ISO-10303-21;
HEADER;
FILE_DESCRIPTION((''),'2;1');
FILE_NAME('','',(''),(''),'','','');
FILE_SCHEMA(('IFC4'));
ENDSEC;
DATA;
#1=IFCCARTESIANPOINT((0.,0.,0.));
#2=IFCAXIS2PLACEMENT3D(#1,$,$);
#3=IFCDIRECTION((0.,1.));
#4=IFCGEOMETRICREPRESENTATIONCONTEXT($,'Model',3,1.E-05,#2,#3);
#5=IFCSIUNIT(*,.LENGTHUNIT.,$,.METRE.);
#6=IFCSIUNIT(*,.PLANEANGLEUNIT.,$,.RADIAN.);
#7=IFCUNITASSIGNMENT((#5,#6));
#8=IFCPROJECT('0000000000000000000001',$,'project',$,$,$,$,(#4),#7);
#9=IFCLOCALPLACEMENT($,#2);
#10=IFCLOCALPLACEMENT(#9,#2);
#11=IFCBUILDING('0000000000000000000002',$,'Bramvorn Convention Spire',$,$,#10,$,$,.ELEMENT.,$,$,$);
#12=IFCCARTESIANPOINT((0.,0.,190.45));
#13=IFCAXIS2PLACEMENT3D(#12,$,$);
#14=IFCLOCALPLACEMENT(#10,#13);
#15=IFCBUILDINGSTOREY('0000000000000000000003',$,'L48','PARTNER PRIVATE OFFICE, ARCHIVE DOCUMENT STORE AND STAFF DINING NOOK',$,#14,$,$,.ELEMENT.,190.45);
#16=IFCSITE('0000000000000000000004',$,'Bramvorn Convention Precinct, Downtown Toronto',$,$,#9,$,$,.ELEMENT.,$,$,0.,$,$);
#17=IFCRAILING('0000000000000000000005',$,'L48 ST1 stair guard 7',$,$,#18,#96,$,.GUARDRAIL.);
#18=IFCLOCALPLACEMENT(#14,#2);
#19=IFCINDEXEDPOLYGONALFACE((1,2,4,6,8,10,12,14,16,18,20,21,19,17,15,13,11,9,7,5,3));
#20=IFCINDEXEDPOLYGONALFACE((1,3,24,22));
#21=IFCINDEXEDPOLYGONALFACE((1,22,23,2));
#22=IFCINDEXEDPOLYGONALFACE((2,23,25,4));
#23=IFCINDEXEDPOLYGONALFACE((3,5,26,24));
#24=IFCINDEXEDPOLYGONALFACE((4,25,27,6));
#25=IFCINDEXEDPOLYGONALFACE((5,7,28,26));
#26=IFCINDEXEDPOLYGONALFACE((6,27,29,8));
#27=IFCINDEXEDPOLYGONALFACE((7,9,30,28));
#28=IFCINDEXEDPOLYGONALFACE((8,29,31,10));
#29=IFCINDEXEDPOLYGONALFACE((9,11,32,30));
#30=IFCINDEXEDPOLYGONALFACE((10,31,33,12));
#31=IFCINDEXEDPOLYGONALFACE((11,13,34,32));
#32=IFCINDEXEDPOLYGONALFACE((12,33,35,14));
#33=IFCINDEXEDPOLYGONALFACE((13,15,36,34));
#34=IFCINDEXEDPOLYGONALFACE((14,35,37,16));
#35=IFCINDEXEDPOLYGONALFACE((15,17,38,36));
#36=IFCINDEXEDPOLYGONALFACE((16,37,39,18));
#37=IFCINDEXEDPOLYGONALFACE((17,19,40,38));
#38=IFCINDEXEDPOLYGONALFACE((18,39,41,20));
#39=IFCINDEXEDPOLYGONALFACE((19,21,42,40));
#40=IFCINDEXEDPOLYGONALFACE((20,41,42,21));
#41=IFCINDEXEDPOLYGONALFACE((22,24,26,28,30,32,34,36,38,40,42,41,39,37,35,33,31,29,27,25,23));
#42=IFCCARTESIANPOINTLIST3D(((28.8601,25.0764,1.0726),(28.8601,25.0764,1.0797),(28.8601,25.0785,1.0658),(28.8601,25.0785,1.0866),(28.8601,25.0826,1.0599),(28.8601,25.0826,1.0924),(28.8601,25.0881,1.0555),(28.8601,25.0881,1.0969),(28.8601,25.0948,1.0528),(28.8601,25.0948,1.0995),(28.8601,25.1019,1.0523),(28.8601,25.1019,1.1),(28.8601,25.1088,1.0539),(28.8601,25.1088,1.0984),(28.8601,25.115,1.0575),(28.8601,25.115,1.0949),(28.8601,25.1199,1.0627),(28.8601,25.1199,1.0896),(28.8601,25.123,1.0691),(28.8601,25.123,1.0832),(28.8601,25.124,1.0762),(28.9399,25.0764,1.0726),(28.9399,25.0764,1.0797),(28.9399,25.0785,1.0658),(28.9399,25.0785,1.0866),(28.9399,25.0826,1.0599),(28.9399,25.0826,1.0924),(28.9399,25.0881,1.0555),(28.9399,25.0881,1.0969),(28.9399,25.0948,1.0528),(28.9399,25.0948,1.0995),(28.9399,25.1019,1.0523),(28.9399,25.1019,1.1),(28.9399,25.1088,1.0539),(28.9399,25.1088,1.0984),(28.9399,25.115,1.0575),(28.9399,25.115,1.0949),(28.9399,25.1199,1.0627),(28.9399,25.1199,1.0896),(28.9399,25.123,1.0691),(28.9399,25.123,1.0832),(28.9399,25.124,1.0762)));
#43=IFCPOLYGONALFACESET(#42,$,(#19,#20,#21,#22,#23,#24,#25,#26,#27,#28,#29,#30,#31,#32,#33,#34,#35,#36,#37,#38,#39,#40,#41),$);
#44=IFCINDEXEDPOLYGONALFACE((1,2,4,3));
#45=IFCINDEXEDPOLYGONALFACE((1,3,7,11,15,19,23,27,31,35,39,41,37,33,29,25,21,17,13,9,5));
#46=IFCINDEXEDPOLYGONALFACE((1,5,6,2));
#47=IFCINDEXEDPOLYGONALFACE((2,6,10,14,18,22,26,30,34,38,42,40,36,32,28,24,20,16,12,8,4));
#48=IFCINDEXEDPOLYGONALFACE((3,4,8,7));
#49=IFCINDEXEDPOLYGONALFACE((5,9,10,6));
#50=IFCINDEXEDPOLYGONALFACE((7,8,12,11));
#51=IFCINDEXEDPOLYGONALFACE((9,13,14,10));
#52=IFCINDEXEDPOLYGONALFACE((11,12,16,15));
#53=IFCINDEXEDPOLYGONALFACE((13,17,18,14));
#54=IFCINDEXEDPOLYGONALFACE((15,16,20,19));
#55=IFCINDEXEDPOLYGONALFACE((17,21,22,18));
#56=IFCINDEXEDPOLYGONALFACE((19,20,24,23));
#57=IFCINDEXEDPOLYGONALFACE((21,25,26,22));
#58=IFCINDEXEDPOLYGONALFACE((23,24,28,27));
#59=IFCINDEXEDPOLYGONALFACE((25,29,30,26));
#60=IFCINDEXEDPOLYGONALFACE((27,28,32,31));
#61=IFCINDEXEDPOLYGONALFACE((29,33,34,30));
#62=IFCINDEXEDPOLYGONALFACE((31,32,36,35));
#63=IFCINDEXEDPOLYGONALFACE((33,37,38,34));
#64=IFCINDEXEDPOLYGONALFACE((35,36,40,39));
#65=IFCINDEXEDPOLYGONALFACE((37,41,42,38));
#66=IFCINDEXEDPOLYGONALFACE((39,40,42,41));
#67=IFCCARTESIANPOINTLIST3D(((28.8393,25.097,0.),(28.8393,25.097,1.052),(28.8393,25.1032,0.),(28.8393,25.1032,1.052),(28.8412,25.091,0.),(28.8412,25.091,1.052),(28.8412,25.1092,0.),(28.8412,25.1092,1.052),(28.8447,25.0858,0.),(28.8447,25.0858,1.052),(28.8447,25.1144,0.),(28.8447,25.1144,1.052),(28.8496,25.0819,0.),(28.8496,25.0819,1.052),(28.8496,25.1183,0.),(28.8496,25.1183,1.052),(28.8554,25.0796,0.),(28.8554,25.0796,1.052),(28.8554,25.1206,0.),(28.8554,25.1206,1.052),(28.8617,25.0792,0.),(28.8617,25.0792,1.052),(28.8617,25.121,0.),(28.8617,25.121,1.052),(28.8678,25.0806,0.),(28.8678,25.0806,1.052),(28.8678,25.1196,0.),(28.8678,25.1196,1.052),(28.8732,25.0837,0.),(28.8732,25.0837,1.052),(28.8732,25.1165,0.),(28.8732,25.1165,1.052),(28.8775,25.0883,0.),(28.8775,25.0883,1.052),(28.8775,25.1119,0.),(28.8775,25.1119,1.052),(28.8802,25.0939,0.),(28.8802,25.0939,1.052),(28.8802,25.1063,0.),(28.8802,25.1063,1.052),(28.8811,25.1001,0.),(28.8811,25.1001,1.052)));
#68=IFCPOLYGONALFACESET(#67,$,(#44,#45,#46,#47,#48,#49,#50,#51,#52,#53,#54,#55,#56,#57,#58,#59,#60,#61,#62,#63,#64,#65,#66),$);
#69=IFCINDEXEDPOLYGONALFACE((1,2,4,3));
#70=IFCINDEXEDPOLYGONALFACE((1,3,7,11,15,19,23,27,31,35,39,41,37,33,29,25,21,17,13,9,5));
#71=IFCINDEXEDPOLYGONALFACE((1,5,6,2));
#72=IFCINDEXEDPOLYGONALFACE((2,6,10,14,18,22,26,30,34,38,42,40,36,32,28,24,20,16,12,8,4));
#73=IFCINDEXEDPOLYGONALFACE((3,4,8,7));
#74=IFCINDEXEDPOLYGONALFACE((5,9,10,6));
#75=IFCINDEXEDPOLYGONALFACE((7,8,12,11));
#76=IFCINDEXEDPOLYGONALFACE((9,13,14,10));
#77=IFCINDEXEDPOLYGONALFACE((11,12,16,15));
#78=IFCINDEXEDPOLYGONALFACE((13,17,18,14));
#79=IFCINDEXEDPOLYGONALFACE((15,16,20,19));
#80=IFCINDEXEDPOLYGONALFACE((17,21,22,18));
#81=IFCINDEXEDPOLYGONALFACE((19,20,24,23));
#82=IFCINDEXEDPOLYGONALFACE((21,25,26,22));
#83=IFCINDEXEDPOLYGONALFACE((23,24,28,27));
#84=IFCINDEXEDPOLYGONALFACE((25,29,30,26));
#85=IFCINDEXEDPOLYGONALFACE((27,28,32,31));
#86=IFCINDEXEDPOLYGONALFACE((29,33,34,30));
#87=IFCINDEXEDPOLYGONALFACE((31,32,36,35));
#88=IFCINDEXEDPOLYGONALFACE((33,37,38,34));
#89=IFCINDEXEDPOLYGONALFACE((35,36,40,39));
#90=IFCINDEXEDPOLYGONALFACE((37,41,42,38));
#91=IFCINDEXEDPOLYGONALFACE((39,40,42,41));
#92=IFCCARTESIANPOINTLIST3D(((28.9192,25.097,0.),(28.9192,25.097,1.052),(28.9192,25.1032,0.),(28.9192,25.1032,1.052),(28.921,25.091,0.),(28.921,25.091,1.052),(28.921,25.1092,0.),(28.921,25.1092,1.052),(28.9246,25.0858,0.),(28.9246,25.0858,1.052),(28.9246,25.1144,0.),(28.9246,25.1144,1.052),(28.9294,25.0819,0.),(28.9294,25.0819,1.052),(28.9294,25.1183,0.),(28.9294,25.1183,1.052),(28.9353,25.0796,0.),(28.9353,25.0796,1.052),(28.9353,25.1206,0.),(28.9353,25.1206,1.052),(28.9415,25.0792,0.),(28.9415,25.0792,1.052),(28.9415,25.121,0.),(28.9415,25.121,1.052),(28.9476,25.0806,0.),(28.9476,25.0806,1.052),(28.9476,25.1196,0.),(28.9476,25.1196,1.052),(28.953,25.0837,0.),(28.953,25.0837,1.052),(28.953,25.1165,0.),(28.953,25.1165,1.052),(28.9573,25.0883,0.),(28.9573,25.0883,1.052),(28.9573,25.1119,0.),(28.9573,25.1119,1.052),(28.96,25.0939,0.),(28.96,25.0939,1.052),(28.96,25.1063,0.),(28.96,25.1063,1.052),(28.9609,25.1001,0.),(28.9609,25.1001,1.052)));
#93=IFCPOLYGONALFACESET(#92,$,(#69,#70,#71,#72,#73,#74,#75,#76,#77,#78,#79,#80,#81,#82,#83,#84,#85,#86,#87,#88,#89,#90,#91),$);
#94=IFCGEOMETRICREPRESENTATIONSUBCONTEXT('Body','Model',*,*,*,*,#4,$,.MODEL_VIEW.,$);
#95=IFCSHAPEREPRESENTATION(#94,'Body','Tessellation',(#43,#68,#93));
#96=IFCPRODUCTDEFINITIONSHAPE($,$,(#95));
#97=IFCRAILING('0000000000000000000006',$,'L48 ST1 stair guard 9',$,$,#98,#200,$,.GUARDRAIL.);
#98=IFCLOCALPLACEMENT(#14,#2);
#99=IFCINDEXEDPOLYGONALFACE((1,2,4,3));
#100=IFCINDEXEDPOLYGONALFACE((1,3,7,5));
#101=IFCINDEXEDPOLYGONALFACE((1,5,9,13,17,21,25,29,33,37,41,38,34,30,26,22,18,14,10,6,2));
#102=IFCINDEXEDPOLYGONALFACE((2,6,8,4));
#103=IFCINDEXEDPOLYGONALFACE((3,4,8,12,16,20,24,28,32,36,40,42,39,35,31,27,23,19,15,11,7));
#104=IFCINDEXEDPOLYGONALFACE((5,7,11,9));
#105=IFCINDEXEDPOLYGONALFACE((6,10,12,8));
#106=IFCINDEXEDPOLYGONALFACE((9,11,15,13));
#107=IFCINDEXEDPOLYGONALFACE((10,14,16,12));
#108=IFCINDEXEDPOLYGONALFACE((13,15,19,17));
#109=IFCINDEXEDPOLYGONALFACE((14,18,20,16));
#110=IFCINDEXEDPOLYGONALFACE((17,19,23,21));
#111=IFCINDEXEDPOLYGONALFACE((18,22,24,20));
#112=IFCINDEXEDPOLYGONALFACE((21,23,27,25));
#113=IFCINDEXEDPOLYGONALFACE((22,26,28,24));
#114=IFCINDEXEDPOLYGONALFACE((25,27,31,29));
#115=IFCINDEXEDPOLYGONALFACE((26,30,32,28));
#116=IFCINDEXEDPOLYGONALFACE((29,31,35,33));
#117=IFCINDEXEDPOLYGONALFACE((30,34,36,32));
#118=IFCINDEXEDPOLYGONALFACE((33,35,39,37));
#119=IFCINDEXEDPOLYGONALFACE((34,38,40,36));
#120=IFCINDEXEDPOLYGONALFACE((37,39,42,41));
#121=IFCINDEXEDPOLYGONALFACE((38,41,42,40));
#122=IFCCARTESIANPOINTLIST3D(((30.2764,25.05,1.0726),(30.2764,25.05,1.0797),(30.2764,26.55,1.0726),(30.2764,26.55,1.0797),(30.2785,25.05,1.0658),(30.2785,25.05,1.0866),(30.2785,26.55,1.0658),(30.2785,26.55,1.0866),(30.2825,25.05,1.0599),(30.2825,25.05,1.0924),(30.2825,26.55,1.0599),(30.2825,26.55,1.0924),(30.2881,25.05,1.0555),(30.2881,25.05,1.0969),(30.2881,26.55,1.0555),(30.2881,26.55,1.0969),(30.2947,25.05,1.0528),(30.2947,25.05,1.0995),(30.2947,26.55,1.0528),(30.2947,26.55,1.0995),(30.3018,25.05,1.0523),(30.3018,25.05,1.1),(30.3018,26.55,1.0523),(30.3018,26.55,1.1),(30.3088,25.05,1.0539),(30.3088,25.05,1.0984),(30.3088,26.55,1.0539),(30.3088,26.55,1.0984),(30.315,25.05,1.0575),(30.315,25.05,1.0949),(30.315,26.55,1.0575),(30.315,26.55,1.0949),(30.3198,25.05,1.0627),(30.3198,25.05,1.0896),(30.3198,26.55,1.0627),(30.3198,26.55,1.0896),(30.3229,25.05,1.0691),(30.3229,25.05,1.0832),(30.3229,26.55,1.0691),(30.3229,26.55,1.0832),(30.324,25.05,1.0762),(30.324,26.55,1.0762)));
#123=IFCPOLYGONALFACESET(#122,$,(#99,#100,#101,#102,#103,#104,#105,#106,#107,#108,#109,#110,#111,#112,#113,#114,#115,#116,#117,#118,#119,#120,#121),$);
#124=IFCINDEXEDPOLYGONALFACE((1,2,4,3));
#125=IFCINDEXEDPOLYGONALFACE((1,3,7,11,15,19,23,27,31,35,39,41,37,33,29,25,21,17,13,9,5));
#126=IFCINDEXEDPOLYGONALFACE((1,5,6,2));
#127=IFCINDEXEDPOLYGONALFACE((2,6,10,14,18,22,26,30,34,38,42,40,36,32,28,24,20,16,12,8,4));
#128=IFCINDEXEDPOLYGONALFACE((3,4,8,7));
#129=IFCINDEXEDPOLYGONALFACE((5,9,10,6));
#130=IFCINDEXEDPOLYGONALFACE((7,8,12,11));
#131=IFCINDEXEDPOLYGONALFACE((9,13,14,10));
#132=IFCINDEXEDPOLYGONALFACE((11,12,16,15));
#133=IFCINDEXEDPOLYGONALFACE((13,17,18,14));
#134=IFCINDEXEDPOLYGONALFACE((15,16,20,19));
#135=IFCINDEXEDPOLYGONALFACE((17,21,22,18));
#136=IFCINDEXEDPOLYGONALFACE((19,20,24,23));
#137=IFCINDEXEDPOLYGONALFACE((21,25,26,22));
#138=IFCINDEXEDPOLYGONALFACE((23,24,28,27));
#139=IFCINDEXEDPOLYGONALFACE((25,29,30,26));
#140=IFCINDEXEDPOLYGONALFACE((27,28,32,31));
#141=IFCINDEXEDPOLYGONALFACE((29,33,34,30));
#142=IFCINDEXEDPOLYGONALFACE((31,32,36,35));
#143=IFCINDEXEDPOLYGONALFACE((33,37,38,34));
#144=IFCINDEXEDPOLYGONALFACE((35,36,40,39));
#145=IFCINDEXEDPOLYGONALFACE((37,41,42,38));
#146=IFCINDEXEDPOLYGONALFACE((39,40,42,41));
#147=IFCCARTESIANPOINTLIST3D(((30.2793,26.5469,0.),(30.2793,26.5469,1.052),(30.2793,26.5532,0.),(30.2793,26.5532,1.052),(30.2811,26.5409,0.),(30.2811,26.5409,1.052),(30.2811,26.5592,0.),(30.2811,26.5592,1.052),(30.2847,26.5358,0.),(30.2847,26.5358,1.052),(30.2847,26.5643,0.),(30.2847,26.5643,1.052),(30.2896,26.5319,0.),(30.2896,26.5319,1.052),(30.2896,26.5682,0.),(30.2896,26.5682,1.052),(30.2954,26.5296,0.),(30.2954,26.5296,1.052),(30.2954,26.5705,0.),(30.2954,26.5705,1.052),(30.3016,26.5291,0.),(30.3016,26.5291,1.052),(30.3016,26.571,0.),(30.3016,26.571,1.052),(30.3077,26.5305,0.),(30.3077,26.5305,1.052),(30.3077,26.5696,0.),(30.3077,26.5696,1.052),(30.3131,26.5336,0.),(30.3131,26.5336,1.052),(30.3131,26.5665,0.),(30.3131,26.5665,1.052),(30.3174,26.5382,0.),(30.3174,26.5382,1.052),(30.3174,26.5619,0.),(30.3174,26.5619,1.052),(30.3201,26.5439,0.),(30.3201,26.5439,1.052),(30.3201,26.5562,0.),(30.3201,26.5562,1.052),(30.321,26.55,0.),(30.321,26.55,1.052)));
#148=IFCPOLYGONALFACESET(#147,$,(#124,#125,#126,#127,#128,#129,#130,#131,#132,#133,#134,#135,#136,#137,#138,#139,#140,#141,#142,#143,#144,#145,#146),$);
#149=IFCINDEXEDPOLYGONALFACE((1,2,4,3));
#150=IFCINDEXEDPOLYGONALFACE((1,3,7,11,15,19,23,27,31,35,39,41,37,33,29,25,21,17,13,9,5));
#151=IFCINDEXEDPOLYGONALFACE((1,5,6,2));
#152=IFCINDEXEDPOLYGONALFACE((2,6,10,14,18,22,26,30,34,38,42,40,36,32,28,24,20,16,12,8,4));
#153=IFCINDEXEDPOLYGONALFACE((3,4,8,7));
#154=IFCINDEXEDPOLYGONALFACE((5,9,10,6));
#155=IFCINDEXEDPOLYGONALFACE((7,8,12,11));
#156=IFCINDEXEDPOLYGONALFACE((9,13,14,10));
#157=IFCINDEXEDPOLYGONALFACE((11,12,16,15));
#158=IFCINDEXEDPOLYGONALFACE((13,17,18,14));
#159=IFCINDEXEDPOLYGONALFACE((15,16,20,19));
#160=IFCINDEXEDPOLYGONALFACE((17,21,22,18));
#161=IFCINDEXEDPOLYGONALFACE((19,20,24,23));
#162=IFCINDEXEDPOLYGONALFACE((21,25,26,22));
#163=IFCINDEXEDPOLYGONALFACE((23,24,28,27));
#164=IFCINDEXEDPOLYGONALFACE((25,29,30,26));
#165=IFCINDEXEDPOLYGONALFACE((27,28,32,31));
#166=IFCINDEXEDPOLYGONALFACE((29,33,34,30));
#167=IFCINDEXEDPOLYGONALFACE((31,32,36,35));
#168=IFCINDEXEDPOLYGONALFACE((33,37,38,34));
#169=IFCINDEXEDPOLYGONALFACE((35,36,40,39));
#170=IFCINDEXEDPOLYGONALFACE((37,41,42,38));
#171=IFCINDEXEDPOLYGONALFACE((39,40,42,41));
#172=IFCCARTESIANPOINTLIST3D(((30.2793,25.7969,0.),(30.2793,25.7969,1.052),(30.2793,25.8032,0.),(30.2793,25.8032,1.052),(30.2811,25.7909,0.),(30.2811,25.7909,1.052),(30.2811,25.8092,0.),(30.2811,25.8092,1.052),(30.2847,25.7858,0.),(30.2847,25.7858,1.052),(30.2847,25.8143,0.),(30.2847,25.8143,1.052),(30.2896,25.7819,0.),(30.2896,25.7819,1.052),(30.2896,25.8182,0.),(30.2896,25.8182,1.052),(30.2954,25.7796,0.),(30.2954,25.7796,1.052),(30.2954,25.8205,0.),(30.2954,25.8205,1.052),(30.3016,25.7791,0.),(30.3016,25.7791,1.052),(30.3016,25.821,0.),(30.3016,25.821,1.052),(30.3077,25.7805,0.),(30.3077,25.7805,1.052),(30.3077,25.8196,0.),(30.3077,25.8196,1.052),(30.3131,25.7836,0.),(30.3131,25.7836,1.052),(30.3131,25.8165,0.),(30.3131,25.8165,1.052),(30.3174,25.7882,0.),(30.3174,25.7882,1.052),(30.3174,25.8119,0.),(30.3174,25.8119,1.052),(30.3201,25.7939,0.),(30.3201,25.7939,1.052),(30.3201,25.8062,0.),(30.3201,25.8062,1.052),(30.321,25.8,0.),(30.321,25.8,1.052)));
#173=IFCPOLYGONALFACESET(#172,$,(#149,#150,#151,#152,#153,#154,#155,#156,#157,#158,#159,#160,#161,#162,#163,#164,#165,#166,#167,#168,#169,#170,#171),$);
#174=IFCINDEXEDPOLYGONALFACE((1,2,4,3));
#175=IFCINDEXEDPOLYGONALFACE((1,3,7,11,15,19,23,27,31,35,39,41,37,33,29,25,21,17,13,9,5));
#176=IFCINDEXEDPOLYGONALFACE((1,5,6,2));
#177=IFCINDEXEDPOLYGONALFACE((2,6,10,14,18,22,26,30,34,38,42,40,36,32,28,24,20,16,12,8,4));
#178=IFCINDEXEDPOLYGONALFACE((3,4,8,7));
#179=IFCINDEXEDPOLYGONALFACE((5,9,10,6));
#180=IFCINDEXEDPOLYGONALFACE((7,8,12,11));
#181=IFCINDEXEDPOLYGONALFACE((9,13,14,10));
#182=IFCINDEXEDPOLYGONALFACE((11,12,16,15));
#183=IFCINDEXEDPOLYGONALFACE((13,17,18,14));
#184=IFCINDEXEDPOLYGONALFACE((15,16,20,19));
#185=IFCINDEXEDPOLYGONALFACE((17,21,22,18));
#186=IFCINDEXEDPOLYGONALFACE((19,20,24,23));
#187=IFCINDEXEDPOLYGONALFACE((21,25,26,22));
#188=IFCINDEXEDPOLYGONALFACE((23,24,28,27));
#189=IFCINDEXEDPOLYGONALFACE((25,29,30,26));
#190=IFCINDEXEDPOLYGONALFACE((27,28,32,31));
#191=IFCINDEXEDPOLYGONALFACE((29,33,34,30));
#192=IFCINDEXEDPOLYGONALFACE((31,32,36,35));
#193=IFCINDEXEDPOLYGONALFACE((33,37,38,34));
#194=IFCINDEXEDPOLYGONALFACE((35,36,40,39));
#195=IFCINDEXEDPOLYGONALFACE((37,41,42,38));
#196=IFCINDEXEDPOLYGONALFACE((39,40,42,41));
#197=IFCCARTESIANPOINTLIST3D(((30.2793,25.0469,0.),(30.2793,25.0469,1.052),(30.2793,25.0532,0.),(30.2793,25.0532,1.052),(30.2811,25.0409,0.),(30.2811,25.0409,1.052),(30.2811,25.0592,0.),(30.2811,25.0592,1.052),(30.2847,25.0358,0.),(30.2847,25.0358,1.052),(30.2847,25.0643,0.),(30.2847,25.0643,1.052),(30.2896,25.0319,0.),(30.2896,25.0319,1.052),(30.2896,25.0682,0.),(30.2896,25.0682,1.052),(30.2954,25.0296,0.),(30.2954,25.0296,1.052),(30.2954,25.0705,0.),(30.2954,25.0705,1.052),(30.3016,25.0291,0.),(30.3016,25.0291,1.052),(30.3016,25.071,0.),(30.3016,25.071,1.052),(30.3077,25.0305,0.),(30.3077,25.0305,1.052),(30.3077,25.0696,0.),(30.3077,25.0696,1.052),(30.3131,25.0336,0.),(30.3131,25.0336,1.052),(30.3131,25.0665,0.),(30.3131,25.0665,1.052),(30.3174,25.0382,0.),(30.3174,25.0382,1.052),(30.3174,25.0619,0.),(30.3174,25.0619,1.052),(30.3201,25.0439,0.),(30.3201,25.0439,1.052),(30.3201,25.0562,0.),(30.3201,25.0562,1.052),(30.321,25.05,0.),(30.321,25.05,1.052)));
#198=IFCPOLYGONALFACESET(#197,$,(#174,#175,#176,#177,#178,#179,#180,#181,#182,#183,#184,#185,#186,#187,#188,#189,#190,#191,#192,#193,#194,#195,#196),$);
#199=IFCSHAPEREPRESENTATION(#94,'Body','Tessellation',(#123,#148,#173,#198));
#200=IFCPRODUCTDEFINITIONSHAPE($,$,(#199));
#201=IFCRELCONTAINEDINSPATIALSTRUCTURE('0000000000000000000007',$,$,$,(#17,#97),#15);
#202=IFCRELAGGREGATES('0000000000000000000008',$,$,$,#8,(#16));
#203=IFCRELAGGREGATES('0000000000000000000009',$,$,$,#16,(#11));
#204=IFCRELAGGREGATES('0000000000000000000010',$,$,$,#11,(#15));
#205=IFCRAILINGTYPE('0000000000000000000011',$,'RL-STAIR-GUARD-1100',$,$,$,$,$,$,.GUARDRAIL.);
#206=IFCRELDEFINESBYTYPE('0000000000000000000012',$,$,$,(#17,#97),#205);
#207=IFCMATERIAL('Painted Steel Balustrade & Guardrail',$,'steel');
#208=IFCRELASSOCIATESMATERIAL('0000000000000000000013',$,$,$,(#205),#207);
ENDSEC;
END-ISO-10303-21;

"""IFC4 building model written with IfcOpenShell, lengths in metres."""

from ifc_helpers import new_model, si_unit, direction, frame, origin, origin_2d, place, context, subcontext, project, spatial, circle, extrude, material, type_object, element, save


model = new_model("IFC4")

# Units and contexts
model_context = context("Model", 3, precision=1e-05, world=origin(), true_north=direction((0.0, 1.0)))
body_context = subcontext(model_context, "Body", "Model", "MODEL_VIEW")
ifc_project = project(units=[si_unit("LENGTHUNIT", "METRE"), si_unit("PLANEANGLEUNIT", "RADIAN")], contexts=[model_context])

# Site, building, storey
site_placement = place(None, origin())
site = spatial("IfcSite", under=ifc_project, at=site_placement, Name="Bramvorn Convention Precinct, Downtown Toronto", CompositionType="ELEMENT", RefElevation=0.0)
building_placement = place(site_placement, origin())
building = spatial("IfcBuilding", under=site, at=building_placement, Name="Bramvorn Convention Spire", CompositionType="ELEMENT")
storey_placement = place(building_placement, frame((0.0, 0.0, 190.45)))
storey = spatial("IfcBuildingStorey", under=building, at=storey_placement, Name="L48", Description="PARTNER PRIVATE OFFICE, ARCHIVE DOCUMENT STORE AND STAFF DINING NOOK", CompositionType="ELEMENT", Elevation=190.45)

# Railings
ifc_material_1 = material(Name="Painted Steel Balustrade & Guardrail", Category="steel")
railing_type_1 = type_object("IfcRailingType", Name="RL-STAIR-GUARD-1100", PredefinedType="GUARDRAIL", material=ifc_material_1)
railing_1_placement = place(storey_placement, frame((28.8601, 25.1001, 0.0)))
element("IfcRailing", 1, at=railing_1_placement, inside=storey, type_object=railing_type_1, Name="L48 ST1 stair guard 7", PredefinedType="GUARDRAIL", context=body_context, shape_type="SweptSolid", body=[
    extrude(circle(Radius=0.0239, at=origin_2d()), frame((0.0, 0.0, 1.0762), z_axis=(1.0, 0.0, 0.0), x_axis=(0.0, 1.0, 0.0)), (0.0, 0.0, 1.0), 0.0798),
    extrude(circle(Radius=0.021, at=origin_2d()), origin(), (0.0, 0.0, 1.0), 1.052),
    extrude(circle(Radius=0.021, at=origin_2d()), frame((0.0798, 0.0, 0.0)), (0.0, 0.0, 1.0), 1.052),
])
railing_2_placement = place(storey_placement, frame((30.3, 26.55, 0.0)))
element("IfcRailing", 2, at=railing_2_placement, inside=storey, type_object=railing_type_1, Name="L48 ST1 stair guard 9", PredefinedType="GUARDRAIL", context=body_context, shape_type="SweptSolid", body=[
    extrude(circle(Radius=0.0239, at=origin_2d()), frame((0.0, 0.0, 1.0762), z_axis=(0.0, -1.0, 0.0), x_axis=(1.0, 0.0, 0.0)), (0.0, 0.0, 1.0), 1.5),
    extrude(circle(Radius=0.021, at=origin_2d()), origin(), (0.0, 0.0, 1.0), 1.052),
    extrude(circle(Radius=0.021, at=origin_2d()), frame((0.0, -0.75, 0.0)), (0.0, 0.0, 1.0), 1.052),
    extrude(circle(Radius=0.021, at=origin_2d()), frame((0.0, -1.5, 0.0)), (0.0, 0.0, 1.0), 1.052),
])

save(model, "model.ifc")
